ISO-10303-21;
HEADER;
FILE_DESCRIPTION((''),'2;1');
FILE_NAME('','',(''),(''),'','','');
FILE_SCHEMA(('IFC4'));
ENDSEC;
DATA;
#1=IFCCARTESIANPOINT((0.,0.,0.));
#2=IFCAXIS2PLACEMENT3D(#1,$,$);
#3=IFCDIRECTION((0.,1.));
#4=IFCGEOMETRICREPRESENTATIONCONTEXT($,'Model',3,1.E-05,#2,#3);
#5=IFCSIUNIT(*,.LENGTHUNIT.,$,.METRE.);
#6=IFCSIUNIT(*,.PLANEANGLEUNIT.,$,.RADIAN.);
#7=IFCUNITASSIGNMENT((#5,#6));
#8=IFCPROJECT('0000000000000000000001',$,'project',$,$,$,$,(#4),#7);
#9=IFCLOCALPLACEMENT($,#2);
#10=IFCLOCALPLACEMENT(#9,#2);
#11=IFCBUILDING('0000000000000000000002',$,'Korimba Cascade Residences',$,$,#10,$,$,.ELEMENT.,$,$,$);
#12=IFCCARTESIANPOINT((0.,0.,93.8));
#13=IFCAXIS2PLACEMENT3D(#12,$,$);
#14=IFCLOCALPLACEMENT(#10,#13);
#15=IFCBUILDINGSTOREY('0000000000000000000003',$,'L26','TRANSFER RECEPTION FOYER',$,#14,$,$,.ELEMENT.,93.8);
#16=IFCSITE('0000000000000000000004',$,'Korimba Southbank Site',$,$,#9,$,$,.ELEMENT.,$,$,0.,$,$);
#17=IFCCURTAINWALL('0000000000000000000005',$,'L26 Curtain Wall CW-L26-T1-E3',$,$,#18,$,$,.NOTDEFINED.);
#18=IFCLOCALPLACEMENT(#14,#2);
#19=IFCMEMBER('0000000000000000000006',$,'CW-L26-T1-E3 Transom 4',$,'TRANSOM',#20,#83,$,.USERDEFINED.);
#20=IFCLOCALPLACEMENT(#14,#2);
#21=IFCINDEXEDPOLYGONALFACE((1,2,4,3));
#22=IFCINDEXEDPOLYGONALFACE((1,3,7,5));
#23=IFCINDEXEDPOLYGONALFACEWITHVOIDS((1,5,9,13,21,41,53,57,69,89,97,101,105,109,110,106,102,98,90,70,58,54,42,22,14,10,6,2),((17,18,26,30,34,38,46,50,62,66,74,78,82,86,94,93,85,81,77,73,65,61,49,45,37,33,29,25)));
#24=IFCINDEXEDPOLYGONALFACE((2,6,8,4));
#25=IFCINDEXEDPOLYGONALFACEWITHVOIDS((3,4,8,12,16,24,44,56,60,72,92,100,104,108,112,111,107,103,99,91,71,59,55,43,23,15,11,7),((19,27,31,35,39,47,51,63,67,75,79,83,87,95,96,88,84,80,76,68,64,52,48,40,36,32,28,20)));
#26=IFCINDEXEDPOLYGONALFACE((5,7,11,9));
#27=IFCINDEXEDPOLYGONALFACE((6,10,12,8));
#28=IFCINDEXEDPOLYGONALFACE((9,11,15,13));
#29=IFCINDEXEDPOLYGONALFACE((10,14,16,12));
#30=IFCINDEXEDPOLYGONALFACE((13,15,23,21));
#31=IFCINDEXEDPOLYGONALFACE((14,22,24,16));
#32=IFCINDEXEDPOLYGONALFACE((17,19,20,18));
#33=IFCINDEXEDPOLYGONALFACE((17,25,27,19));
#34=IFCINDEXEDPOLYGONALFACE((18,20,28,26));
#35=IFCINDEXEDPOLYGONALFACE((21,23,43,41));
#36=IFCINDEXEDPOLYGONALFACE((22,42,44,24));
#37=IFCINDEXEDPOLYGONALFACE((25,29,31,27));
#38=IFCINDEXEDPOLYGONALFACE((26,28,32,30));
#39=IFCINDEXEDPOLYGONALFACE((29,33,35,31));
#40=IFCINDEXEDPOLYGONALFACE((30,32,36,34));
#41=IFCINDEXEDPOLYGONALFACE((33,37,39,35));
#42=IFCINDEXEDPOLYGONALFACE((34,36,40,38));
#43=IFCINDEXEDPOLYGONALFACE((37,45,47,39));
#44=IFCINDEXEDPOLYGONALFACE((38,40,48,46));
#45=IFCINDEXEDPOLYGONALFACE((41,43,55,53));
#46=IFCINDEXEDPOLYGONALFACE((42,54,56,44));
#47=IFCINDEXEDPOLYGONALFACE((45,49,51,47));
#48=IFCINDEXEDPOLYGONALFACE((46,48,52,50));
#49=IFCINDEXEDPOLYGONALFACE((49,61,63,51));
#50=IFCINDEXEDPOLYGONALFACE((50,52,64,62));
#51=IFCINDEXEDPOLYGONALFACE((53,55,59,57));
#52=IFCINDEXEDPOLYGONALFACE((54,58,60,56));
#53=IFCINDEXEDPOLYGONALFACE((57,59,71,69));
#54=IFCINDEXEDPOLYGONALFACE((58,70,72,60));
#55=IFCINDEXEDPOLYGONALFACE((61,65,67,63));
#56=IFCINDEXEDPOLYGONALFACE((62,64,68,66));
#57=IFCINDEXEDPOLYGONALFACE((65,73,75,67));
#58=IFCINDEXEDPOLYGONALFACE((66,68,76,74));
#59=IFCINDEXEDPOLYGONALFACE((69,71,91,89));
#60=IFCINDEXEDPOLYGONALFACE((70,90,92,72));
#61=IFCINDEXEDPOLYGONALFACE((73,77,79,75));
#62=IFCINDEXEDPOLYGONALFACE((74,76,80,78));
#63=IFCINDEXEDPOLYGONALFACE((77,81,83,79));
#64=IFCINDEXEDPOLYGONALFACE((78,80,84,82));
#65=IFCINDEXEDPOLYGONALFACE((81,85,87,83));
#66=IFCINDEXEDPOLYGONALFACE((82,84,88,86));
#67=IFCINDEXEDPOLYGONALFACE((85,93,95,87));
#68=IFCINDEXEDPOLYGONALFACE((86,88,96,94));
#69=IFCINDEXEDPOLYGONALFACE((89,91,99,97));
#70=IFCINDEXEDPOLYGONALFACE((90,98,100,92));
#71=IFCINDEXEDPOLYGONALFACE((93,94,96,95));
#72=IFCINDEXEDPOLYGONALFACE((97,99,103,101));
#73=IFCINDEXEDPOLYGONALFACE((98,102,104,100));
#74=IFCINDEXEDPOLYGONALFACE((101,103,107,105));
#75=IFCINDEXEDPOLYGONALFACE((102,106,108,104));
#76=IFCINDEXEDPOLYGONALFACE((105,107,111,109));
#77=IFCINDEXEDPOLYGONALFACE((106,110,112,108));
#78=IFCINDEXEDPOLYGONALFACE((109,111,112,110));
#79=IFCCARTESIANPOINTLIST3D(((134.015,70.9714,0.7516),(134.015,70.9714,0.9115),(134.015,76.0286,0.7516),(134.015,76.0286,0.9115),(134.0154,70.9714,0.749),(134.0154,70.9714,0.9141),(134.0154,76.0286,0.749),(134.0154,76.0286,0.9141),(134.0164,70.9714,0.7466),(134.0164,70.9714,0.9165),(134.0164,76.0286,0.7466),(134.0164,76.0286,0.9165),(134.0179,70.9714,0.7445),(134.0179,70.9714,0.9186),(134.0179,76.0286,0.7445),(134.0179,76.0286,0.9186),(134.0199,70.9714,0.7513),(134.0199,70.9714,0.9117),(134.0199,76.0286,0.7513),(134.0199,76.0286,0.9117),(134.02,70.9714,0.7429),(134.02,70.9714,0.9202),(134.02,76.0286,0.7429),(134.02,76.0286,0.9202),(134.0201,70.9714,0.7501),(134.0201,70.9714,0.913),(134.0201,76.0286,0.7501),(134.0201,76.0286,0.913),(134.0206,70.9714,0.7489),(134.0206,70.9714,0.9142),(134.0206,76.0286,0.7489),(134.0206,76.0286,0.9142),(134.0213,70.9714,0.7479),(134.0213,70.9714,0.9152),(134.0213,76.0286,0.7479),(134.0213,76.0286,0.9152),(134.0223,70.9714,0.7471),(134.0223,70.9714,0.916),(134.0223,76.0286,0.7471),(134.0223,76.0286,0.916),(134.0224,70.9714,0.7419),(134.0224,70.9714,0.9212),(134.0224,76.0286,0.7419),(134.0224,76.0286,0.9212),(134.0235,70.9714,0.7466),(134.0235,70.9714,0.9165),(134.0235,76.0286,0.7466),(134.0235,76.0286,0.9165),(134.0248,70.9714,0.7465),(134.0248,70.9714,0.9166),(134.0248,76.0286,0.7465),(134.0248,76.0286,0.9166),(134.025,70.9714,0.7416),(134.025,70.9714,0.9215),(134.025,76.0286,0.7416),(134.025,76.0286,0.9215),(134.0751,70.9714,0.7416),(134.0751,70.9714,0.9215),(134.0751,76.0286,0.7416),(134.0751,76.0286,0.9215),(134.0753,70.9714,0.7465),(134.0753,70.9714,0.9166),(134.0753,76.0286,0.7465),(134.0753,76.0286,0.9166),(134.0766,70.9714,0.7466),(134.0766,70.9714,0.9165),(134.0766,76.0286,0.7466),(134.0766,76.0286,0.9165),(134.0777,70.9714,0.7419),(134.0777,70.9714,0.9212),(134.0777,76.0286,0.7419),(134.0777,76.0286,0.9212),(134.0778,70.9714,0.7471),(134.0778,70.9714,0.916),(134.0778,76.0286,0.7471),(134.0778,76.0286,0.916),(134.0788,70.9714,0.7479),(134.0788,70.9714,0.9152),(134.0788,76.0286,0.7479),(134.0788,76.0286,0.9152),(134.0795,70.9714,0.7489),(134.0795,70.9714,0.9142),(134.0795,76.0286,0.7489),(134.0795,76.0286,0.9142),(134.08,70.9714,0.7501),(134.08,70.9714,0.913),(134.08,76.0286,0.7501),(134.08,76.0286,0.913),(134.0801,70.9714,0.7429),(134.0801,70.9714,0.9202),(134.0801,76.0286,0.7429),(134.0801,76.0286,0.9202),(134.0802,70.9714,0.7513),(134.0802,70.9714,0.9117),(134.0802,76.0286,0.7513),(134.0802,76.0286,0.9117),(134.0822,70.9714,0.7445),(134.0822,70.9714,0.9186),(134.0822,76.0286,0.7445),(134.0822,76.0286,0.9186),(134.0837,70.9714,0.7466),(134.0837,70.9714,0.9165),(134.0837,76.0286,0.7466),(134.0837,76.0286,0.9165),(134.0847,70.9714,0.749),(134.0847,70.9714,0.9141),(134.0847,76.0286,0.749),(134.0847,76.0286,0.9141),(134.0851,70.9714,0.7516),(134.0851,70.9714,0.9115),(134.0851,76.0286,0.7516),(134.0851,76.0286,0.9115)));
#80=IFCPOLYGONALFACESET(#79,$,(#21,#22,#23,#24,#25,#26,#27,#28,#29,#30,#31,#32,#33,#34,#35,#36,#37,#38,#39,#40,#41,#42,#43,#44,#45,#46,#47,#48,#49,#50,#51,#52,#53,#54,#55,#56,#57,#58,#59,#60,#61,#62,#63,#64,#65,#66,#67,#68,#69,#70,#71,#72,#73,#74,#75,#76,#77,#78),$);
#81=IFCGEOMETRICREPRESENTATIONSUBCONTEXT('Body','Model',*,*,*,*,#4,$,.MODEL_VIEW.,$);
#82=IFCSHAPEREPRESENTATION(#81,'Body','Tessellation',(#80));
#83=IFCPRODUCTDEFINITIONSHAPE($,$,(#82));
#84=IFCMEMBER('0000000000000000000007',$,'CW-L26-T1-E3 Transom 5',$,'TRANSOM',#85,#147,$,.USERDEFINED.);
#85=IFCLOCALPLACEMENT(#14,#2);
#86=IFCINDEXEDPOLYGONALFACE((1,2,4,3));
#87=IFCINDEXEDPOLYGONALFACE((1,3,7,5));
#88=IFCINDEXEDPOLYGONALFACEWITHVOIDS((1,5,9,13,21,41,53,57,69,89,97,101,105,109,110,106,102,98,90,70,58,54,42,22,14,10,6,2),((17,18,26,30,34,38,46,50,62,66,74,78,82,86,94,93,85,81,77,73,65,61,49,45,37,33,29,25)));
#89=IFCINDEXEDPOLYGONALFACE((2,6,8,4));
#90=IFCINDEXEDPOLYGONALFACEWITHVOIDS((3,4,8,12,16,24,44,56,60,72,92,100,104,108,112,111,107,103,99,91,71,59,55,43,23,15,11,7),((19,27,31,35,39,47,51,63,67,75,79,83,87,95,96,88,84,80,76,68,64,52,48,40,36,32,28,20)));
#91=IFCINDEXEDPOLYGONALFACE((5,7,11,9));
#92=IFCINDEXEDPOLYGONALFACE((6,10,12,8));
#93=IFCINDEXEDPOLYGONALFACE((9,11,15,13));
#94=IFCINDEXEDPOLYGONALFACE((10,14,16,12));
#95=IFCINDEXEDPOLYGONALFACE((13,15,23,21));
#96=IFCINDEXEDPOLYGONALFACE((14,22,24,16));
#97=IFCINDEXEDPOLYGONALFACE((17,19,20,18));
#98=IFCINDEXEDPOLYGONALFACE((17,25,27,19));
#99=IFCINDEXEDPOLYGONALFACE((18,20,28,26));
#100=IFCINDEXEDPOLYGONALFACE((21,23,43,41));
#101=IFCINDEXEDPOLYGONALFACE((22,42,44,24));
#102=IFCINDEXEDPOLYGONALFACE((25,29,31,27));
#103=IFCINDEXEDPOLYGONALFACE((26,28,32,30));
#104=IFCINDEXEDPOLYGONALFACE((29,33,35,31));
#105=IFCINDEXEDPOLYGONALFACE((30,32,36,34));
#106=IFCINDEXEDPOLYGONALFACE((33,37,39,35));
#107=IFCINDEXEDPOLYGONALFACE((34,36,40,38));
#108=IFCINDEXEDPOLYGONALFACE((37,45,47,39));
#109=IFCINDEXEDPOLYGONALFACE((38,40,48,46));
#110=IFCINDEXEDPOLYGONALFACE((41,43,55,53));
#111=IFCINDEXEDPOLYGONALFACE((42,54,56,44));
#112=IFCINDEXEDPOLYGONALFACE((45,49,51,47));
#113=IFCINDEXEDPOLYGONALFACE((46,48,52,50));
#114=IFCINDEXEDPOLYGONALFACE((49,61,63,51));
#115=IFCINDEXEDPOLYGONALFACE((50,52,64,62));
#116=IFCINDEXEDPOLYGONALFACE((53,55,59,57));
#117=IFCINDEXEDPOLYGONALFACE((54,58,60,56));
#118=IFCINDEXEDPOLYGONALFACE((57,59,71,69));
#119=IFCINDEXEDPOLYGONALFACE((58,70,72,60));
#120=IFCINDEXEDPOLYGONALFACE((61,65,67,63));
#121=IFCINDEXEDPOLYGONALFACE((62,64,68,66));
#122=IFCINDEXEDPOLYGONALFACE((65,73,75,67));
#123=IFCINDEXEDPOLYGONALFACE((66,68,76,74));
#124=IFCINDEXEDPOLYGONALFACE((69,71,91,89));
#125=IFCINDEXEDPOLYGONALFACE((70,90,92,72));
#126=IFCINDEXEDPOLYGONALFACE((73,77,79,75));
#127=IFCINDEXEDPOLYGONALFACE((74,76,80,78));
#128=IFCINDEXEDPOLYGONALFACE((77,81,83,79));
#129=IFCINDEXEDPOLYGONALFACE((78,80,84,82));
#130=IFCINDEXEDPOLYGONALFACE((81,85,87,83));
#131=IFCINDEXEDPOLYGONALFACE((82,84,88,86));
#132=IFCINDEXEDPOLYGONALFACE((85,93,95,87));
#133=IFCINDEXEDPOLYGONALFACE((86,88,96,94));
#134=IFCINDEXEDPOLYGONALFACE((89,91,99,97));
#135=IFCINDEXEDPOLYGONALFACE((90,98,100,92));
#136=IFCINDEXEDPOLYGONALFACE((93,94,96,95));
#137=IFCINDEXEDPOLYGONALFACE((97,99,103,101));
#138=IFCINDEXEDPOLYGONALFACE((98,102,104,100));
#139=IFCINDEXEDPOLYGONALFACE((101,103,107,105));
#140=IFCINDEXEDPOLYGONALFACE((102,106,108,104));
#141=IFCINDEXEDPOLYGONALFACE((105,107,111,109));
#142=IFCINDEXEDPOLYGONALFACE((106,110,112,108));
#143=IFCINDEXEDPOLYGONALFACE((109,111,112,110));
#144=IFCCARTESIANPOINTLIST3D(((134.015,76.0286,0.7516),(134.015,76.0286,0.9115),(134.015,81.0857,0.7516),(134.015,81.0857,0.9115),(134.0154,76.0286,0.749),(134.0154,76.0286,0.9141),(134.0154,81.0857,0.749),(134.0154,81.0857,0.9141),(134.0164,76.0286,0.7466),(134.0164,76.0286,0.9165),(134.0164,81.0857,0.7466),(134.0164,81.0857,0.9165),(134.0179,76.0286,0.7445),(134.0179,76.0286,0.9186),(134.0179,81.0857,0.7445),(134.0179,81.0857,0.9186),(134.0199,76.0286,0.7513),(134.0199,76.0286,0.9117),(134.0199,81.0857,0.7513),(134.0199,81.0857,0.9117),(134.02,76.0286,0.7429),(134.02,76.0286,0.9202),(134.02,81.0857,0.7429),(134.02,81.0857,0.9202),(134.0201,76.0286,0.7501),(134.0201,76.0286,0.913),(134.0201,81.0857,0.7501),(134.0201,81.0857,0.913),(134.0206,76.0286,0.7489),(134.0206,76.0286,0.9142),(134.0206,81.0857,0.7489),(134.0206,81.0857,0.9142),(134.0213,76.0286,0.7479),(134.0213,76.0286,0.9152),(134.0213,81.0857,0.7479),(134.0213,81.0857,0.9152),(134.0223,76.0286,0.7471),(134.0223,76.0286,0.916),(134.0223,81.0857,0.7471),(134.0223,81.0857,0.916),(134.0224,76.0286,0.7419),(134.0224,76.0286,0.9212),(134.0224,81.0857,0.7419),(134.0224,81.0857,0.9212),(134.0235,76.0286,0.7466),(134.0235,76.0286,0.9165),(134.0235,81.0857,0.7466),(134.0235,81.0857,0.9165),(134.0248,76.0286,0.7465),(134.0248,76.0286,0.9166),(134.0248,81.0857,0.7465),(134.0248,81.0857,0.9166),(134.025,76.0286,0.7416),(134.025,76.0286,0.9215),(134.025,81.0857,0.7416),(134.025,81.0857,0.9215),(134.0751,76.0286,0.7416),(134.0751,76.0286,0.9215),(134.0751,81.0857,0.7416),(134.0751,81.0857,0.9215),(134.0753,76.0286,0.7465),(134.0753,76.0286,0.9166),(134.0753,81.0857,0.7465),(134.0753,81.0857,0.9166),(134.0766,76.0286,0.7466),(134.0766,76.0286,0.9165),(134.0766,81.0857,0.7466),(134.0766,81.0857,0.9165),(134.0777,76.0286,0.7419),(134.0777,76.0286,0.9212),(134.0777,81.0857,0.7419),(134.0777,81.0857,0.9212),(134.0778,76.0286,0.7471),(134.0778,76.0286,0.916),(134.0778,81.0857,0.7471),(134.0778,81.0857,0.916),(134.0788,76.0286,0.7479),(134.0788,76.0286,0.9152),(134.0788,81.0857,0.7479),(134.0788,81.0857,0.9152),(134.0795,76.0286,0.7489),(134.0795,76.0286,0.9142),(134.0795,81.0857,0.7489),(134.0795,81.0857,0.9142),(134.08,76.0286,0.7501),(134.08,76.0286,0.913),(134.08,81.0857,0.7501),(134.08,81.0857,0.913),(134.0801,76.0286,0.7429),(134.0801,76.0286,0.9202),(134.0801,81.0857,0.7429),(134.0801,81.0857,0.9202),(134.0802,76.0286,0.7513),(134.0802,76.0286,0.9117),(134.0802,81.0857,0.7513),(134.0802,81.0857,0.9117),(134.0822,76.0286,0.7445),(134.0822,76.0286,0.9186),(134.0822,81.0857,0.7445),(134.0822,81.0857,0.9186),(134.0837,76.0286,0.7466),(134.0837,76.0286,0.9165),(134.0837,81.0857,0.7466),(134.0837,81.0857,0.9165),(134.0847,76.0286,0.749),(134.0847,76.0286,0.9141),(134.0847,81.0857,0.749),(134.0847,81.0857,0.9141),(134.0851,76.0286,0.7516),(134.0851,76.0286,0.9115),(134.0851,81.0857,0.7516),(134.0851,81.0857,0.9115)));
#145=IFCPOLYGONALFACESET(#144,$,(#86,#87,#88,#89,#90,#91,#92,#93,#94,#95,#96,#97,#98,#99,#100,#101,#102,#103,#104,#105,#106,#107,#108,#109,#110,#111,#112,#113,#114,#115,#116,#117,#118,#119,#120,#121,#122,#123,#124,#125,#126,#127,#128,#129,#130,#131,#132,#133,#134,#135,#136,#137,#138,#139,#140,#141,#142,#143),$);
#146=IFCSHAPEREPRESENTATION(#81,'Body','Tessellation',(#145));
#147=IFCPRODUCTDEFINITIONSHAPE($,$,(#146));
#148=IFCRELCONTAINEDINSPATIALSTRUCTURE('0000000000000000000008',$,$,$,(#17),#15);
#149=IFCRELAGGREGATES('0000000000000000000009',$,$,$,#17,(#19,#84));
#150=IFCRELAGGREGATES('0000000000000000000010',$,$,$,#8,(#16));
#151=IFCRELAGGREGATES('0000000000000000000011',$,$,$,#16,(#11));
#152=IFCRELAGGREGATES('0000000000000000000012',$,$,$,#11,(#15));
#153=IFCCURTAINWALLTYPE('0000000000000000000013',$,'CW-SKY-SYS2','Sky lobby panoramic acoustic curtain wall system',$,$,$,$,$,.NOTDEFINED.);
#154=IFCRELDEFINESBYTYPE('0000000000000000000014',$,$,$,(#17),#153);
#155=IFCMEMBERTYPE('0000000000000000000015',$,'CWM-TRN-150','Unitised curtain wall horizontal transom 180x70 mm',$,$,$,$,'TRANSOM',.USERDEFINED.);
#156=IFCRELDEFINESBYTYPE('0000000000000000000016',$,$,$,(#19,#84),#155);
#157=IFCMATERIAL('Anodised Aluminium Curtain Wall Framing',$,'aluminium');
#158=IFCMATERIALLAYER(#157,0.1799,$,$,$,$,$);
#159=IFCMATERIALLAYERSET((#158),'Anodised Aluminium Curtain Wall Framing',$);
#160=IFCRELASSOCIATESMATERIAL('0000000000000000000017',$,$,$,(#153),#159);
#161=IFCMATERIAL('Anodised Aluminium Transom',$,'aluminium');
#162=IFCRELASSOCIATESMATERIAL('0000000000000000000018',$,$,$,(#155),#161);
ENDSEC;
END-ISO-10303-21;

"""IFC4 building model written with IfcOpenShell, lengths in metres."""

from ifc_helpers import new_model, si_unit, direction, frame, origin, origin_2d, place, context, subcontext, project, spatial, hollow_rectangle, extrude, material, layer, layer_set, material_profile, profile_set, type_object, element, aggregate, save


model = new_model("IFC4")

# Units and contexts
model_context = context("Model", 3, precision=1e-05, world=origin(), true_north=direction((0.0, 1.0)))
body_context = subcontext(model_context, "Body", "Model", "MODEL_VIEW")
ifc_project = project(units=[si_unit("LENGTHUNIT", "METRE"), si_unit("PLANEANGLEUNIT", "RADIAN")], contexts=[model_context])

# Site, building, storey
site_placement = place(None, origin())
site = spatial("IfcSite", under=ifc_project, at=site_placement, Name="Korimba Southbank Site", CompositionType="ELEMENT", RefElevation=0.0)
building_placement = place(site_placement, origin())
building = spatial("IfcBuilding", under=site, at=building_placement, Name="Korimba Cascade Residences", CompositionType="ELEMENT")
storey_placement = place(building_placement, frame((0.0, 0.0, 93.8)))
storey = spatial("IfcBuildingStorey", under=building, at=storey_placement, Name="L26", Description="TRANSFER RECEPTION FOYER", CompositionType="ELEMENT", Elevation=93.8)

# Curtain wall, members
ifc_material_1 = material(Name="Anodised Aluminium Curtain Wall Framing", Category="aluminium")
ifc_layer_1 = layer(ifc_material_1, 0.1799)
ifc_layer_set_1 = layer_set([ifc_layer_1], Name="Anodised Aluminium Curtain Wall Framing")
curtain_wall_type = type_object("IfcCurtainWallType", Name="CW-SKY-SYS2", Description="Sky lobby panoramic acoustic curtain wall system", PredefinedType="NOTDEFINED", material=ifc_layer_set_1)
curtain_wall_placement = place(storey_placement, origin())
curtain_wall = element("IfcCurtainWall", 1, at=curtain_wall_placement, inside=storey, type_object=curtain_wall_type, Name="L26 Curtain Wall CW-L26-T1-E3", PredefinedType="NOTDEFINED")
ifc_material_2 = material(Name="Anodised Aluminium Transom", Category="aluminium")
ifc_material_profile_1 = material_profile(ifc_material_2, hollow_rectangle(XDim=0.0701, YDim=0.1799, WallThickness=0.0049, InnerFilletRadius=0.0049, OuterFilletRadius=0.01, at=origin_2d()), Name="Anodised Aluminium Transom")
ifc_profile_set_1 = profile_set([ifc_material_profile_1], Name="Anodised Aluminium Transom")
member_type_1 = type_object("IfcMemberType", Name="CWM-TRN-150", Description="Unitised curtain wall horizontal transom 180x70 mm", ElementType="TRANSOM", PredefinedType="USERDEFINED", material=ifc_profile_set_1)
member_1_placement = place(storey_placement, frame((134.05, 70.9714, 0.8315), z_axis=(0.0, 1.0, 0.0), x_axis=(-1.0, 0.0, 0.0)))
member_1 = element("IfcMember", 2, at=member_1_placement, type_object=member_type_1, Name="CW-L26-T1-E3 Transom 4", ObjectType="TRANSOM", PredefinedType="USERDEFINED", context=body_context, shape_type="SweptSolid", body=[
    extrude(hollow_rectangle(XDim=0.0701, YDim=0.1799, WallThickness=0.0049, InnerFilletRadius=0.0049, OuterFilletRadius=0.01, at=origin_2d()), origin(), (0.0, 0.0, 1.0), 5.0571),
])
member_2_placement = place(storey_placement, frame((134.05, 76.0286, 0.8315), z_axis=(0.0, 1.0, 0.0), x_axis=(-1.0, 0.0, 0.0)))
member_2 = element("IfcMember", 3, at=member_2_placement, type_object=member_type_1, Name="CW-L26-T1-E3 Transom 5", ObjectType="TRANSOM", PredefinedType="USERDEFINED", context=body_context, shape_type="SweptSolid", body=[
    extrude(hollow_rectangle(XDim=0.0701, YDim=0.1799, WallThickness=0.0049, InnerFilletRadius=0.0049, OuterFilletRadius=0.01, at=origin_2d()), origin(), (0.0, 0.0, 1.0), 5.0571),
])
aggregate(curtain_wall, [member_1, member_2])

save(model, "model.ifc")
